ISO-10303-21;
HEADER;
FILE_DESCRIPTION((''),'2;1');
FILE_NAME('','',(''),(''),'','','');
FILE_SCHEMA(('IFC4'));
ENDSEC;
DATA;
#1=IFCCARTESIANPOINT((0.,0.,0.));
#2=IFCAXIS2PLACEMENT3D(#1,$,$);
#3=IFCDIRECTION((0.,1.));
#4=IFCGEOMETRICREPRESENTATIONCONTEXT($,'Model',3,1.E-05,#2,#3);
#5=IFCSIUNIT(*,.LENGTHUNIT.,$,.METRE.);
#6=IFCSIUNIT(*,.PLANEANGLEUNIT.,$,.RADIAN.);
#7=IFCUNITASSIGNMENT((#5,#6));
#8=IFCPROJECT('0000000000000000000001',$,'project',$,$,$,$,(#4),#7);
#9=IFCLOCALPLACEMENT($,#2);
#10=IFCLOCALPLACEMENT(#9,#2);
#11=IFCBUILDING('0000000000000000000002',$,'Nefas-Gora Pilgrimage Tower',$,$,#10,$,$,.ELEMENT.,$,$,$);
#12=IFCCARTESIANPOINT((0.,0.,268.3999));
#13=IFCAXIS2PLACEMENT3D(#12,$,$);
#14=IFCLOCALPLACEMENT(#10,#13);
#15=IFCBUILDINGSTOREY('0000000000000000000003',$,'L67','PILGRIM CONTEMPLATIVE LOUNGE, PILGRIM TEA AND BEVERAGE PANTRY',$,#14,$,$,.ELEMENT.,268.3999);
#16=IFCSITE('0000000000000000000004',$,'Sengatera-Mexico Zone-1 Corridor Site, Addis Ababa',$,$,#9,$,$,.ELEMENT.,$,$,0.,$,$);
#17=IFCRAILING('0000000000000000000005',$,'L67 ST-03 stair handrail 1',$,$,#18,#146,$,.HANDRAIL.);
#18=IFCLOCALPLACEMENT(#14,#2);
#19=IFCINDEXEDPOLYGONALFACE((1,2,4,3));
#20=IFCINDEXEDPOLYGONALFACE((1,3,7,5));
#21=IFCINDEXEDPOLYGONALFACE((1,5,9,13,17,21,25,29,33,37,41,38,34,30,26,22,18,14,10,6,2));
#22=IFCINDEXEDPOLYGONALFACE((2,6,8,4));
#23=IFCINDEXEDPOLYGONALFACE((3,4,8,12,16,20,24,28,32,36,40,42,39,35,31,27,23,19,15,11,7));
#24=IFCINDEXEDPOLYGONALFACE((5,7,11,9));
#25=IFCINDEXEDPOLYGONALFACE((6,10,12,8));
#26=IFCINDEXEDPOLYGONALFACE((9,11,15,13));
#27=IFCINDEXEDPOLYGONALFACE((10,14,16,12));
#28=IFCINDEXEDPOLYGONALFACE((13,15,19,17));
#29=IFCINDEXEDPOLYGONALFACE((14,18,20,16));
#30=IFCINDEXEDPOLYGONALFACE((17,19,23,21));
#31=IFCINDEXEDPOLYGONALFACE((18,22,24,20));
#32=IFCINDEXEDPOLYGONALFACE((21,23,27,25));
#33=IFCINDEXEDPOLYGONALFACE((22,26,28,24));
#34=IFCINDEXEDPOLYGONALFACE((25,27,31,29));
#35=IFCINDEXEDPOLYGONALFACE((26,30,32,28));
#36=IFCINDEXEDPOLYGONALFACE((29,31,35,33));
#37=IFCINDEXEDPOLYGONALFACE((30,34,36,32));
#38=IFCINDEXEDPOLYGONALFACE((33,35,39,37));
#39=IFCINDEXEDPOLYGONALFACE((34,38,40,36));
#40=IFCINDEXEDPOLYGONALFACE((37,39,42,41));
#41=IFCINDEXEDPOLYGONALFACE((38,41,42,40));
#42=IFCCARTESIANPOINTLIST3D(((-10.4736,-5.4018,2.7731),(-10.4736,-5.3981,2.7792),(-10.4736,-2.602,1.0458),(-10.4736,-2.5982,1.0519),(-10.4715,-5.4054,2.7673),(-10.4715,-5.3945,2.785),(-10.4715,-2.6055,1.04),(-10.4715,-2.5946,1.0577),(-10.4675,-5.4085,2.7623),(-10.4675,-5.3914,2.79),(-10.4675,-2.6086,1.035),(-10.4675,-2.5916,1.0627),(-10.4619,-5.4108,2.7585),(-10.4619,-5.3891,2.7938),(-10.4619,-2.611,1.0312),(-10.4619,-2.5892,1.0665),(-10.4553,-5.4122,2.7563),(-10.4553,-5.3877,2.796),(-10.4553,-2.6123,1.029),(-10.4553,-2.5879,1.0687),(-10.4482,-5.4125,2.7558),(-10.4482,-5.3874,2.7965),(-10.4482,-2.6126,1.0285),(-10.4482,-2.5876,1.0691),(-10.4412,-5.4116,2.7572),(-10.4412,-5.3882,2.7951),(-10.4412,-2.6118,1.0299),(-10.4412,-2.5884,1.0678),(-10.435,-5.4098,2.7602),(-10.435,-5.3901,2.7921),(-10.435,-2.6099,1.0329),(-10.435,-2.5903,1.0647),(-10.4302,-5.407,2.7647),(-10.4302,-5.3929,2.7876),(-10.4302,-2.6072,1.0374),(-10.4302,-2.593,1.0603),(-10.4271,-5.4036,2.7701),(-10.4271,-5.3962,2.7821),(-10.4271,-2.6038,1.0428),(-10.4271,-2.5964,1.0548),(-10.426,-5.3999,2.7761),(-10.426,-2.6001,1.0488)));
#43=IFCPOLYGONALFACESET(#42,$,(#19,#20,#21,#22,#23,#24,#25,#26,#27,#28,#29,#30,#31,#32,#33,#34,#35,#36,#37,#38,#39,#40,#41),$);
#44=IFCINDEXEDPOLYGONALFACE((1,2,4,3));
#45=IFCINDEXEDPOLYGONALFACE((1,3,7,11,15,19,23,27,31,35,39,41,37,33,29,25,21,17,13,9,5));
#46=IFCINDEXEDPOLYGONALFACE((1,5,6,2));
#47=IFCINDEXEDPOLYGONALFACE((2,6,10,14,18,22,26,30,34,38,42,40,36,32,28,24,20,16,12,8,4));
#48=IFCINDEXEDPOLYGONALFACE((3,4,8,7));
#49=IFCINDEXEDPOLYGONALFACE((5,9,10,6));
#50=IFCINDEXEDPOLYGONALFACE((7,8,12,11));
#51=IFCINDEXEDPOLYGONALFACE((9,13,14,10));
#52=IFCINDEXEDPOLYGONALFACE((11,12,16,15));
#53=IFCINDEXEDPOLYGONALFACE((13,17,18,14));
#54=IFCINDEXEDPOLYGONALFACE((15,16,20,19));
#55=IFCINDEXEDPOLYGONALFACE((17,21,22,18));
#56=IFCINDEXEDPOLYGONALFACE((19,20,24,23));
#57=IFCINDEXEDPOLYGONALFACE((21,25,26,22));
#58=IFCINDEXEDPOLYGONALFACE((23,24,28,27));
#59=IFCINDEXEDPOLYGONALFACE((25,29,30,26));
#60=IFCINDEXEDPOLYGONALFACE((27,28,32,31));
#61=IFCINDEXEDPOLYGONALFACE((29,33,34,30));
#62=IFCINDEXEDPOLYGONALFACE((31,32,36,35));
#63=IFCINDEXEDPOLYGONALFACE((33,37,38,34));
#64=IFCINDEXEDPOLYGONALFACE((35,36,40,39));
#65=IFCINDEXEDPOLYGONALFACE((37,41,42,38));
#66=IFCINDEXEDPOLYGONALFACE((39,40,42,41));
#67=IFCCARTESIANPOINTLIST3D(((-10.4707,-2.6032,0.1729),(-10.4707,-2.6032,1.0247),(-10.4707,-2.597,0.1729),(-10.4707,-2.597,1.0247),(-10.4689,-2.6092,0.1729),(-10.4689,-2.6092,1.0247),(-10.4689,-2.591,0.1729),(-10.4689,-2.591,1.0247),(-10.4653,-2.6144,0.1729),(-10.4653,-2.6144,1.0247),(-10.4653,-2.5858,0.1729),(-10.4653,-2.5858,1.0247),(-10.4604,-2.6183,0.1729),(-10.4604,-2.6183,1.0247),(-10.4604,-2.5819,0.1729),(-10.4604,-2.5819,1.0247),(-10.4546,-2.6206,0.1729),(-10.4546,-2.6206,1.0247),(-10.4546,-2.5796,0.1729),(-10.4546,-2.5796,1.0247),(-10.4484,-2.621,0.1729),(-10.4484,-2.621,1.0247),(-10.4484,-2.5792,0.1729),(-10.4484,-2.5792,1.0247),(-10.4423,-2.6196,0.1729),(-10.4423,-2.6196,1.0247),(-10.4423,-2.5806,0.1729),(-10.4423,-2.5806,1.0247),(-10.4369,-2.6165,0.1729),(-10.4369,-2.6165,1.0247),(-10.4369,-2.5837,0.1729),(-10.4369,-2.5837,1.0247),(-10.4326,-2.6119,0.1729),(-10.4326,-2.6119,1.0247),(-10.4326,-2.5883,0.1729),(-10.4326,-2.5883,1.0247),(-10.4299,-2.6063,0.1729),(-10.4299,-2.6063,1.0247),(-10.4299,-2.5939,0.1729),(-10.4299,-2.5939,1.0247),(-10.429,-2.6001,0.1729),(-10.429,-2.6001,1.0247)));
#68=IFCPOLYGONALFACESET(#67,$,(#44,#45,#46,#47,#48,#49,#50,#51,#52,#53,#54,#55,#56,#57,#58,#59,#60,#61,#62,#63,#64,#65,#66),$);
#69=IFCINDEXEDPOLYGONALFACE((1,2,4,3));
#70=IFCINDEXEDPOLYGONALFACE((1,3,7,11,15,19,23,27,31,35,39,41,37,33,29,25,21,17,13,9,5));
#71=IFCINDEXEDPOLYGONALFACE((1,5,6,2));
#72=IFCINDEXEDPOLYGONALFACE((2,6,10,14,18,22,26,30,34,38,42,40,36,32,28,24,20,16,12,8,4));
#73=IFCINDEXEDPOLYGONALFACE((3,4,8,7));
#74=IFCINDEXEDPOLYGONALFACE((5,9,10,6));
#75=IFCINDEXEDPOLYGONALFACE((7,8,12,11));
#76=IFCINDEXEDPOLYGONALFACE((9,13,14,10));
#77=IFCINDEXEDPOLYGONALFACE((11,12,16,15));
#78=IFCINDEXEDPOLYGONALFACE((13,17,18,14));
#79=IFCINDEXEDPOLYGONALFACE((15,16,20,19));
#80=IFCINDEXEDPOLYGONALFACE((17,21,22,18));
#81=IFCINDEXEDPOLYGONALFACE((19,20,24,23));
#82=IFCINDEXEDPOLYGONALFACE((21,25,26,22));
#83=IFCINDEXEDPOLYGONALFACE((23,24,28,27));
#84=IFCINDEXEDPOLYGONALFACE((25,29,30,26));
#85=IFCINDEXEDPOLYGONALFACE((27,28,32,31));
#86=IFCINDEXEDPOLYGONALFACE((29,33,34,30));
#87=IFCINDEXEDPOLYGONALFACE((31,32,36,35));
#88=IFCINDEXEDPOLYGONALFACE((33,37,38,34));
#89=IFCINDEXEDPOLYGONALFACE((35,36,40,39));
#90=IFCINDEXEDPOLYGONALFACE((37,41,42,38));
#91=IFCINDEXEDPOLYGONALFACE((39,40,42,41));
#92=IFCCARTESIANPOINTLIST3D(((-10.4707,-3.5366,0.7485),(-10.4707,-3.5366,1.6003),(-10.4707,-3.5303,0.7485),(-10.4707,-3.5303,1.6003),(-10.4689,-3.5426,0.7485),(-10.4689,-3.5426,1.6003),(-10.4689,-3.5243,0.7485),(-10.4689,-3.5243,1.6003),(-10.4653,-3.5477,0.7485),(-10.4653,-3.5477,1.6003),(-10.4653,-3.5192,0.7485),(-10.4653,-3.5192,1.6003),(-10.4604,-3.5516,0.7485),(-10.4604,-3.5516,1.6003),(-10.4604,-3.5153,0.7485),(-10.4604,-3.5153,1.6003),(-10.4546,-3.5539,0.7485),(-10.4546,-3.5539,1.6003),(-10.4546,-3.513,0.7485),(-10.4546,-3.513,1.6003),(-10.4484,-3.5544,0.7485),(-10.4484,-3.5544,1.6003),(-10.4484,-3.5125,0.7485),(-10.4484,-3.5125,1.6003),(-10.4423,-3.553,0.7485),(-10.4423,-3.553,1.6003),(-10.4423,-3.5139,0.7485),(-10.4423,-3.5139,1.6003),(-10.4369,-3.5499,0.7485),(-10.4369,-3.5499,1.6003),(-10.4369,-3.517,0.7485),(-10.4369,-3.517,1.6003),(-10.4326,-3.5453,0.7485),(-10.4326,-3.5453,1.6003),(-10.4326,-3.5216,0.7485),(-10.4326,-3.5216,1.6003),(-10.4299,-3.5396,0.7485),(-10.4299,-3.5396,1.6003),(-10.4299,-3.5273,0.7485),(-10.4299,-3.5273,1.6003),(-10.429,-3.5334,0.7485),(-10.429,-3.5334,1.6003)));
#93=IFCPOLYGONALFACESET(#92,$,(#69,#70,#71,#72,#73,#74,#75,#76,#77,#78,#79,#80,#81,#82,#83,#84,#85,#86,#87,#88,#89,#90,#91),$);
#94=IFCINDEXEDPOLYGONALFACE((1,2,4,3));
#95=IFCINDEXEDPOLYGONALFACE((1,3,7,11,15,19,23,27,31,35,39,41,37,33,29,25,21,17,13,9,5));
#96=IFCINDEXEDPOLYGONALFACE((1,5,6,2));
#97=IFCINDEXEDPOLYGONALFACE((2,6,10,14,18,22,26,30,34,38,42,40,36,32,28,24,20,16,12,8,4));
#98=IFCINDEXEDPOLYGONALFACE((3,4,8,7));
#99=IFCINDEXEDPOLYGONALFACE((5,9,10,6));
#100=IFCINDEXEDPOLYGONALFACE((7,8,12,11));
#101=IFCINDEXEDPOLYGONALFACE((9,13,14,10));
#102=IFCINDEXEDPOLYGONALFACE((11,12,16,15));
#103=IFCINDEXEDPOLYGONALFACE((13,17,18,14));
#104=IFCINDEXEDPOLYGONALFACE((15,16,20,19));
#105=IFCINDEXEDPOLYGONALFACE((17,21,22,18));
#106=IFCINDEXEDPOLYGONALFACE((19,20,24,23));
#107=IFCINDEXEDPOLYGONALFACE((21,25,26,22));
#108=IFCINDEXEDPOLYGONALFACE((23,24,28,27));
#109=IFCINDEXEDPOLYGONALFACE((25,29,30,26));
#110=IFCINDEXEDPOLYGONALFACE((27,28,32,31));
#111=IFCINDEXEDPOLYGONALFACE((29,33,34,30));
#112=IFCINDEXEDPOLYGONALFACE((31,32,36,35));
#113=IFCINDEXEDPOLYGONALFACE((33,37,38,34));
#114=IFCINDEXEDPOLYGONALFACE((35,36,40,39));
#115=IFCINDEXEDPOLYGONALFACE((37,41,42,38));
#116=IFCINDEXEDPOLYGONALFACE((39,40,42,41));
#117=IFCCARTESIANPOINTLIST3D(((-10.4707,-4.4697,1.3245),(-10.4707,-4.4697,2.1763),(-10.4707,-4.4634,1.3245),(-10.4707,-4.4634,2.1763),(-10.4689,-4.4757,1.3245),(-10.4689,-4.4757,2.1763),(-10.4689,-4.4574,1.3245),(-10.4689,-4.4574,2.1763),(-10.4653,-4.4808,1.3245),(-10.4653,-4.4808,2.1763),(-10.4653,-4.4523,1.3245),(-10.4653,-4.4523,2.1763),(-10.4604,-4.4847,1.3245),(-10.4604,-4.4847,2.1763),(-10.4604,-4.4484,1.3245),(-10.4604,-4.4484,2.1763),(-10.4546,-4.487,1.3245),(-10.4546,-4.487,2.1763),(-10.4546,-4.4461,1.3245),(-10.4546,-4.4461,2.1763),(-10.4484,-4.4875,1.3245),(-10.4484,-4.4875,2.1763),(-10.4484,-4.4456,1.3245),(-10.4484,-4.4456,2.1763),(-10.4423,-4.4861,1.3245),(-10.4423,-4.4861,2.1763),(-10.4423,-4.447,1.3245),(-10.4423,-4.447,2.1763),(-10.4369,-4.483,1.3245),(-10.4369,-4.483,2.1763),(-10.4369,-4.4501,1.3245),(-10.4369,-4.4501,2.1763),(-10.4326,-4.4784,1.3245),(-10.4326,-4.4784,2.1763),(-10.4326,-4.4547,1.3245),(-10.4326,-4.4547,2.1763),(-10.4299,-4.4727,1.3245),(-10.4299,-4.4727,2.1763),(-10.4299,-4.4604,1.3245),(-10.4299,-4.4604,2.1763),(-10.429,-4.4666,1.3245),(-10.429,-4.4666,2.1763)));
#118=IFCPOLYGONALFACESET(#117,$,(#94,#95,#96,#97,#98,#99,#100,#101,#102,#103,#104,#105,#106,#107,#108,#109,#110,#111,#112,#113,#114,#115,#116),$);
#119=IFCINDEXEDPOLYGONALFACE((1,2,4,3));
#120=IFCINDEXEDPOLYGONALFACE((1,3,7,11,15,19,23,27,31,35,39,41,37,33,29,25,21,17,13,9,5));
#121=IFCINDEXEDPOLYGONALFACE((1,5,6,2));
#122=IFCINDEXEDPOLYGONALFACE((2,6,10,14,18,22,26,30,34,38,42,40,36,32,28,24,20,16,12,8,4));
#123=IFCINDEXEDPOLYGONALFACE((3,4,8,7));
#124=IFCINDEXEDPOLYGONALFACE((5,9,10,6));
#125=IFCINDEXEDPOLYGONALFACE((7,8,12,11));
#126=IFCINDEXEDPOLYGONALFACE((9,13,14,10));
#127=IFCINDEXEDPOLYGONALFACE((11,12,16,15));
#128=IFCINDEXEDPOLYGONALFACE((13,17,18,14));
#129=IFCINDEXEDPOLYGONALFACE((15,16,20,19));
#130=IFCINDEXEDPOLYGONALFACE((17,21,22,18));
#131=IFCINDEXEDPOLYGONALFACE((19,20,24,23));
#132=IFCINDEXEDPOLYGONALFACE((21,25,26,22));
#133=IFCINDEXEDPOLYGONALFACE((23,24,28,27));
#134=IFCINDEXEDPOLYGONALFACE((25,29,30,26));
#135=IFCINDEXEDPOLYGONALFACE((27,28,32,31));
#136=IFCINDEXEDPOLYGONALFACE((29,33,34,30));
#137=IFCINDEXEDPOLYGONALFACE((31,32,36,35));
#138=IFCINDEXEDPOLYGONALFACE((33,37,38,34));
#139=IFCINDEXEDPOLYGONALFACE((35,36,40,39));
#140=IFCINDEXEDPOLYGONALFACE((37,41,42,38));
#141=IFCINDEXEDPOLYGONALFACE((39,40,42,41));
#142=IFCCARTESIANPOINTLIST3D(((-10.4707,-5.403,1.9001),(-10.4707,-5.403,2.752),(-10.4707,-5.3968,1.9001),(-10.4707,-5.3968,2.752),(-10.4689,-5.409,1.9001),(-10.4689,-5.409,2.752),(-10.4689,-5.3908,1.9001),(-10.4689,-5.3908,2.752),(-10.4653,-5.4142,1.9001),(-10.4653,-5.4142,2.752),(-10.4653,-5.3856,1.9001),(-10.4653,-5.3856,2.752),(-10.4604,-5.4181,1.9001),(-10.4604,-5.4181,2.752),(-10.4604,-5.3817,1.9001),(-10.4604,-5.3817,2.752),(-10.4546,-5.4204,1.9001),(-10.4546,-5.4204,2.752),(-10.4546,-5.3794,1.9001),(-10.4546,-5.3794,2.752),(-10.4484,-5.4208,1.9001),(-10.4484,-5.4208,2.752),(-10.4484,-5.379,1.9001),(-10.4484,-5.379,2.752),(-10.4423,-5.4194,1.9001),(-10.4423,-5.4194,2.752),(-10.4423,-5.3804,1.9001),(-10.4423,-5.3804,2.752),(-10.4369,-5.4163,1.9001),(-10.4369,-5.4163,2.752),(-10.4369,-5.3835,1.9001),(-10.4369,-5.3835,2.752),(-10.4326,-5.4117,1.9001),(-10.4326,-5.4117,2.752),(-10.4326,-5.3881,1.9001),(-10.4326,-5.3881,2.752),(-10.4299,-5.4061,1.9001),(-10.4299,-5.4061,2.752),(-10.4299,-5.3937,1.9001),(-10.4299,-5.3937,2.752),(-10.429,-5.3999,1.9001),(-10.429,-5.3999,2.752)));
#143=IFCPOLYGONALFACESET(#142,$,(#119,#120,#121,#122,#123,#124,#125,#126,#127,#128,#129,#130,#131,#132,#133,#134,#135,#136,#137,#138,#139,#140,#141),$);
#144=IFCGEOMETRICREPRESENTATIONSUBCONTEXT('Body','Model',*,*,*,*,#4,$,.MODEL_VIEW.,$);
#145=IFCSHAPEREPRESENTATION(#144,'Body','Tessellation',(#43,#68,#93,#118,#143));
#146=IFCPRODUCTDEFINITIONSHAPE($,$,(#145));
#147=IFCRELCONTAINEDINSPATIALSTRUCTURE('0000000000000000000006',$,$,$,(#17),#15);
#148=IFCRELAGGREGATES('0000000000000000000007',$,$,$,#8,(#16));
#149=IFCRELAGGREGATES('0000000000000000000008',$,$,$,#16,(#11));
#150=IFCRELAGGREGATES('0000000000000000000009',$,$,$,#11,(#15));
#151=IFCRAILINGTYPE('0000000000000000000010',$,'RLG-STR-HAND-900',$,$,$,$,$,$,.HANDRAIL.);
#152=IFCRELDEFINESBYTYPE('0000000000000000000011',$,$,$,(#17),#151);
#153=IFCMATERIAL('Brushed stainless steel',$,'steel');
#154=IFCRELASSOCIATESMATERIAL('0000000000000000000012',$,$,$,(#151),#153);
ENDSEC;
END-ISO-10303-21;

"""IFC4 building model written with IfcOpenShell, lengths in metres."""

from ifc_helpers import new_model, si_unit, direction, frame, origin, origin_2d, place, context, subcontext, project, spatial, circle, extrude, material, type_object, element, save


model = new_model("IFC4")

# Units and contexts
model_context = context("Model", 3, precision=1e-05, world=origin(), true_north=direction((0.0, 1.0)))
body_context = subcontext(model_context, "Body", "Model", "MODEL_VIEW")
ifc_project = project(units=[si_unit("LENGTHUNIT", "METRE"), si_unit("PLANEANGLEUNIT", "RADIAN")], contexts=[model_context])

# Site, building, storey
site_placement = place(None, origin())
site = spatial("IfcSite", under=ifc_project, at=site_placement, Name="Sengatera-Mexico Zone-1 Corridor Site, Addis Ababa", CompositionType="ELEMENT", RefElevation=0.0)
building_placement = place(site_placement, origin())
building = spatial("IfcBuilding", under=site, at=building_placement, Name="Nefas-Gora Pilgrimage Tower", CompositionType="ELEMENT")
storey_placement = place(building_placement, frame((0.0, 0.0, 268.3999)))
storey = spatial("IfcBuildingStorey", under=building, at=storey_placement, Name="L67", Description="PILGRIM CONTEMPLATIVE LOUNGE, PILGRIM TEA AND BEVERAGE PANTRY", CompositionType="ELEMENT", Elevation=268.3999)

# Railing
ifc_material_1 = material(Name="Brushed stainless steel", Category="steel")
railing_type_1 = type_object("IfcRailingType", Name="RLG-STR-HAND-900", PredefinedType="HANDRAIL", material=ifc_material_1)
railing_1_placement = place(storey_placement, frame((-10.45, -2.6001, 0.1729)))
element("IfcRailing", 1, at=railing_1_placement, inside=storey, type_object=railing_type_1, Name="L67 ST-03 stair handrail 1", PredefinedType="HANDRAIL", context=body_context, shape_type="SweptSolid", body=[
    extrude(circle(Radius=0.0239, at=origin_2d()), frame((0.0, 0.0, 0.876), z_axis=(0.0, -0.851069, 0.525054), x_axis=(1.0, 0.0, 0.0)), (0.0, 0.0, 1.0), 3.2898),
    extrude(circle(Radius=0.021, at=origin_2d()), origin(), (0.0, 0.0, 1.0), 0.8518),
    extrude(circle(Radius=0.021, at=origin_2d()), frame((0.0, -0.9333, 0.5757)), (0.0, 0.0, 1.0), 0.8518),
    extrude(circle(Radius=0.021, at=origin_2d()), frame((0.0, -1.8665, 1.1516)), (0.0, 0.0, 1.0), 0.8518),
    extrude(circle(Radius=0.021, at=origin_2d()), frame((0.0, -2.7998, 1.7273)), (0.0, 0.0, 1.0), 0.8518),
])

save(model, "model.ifc")
